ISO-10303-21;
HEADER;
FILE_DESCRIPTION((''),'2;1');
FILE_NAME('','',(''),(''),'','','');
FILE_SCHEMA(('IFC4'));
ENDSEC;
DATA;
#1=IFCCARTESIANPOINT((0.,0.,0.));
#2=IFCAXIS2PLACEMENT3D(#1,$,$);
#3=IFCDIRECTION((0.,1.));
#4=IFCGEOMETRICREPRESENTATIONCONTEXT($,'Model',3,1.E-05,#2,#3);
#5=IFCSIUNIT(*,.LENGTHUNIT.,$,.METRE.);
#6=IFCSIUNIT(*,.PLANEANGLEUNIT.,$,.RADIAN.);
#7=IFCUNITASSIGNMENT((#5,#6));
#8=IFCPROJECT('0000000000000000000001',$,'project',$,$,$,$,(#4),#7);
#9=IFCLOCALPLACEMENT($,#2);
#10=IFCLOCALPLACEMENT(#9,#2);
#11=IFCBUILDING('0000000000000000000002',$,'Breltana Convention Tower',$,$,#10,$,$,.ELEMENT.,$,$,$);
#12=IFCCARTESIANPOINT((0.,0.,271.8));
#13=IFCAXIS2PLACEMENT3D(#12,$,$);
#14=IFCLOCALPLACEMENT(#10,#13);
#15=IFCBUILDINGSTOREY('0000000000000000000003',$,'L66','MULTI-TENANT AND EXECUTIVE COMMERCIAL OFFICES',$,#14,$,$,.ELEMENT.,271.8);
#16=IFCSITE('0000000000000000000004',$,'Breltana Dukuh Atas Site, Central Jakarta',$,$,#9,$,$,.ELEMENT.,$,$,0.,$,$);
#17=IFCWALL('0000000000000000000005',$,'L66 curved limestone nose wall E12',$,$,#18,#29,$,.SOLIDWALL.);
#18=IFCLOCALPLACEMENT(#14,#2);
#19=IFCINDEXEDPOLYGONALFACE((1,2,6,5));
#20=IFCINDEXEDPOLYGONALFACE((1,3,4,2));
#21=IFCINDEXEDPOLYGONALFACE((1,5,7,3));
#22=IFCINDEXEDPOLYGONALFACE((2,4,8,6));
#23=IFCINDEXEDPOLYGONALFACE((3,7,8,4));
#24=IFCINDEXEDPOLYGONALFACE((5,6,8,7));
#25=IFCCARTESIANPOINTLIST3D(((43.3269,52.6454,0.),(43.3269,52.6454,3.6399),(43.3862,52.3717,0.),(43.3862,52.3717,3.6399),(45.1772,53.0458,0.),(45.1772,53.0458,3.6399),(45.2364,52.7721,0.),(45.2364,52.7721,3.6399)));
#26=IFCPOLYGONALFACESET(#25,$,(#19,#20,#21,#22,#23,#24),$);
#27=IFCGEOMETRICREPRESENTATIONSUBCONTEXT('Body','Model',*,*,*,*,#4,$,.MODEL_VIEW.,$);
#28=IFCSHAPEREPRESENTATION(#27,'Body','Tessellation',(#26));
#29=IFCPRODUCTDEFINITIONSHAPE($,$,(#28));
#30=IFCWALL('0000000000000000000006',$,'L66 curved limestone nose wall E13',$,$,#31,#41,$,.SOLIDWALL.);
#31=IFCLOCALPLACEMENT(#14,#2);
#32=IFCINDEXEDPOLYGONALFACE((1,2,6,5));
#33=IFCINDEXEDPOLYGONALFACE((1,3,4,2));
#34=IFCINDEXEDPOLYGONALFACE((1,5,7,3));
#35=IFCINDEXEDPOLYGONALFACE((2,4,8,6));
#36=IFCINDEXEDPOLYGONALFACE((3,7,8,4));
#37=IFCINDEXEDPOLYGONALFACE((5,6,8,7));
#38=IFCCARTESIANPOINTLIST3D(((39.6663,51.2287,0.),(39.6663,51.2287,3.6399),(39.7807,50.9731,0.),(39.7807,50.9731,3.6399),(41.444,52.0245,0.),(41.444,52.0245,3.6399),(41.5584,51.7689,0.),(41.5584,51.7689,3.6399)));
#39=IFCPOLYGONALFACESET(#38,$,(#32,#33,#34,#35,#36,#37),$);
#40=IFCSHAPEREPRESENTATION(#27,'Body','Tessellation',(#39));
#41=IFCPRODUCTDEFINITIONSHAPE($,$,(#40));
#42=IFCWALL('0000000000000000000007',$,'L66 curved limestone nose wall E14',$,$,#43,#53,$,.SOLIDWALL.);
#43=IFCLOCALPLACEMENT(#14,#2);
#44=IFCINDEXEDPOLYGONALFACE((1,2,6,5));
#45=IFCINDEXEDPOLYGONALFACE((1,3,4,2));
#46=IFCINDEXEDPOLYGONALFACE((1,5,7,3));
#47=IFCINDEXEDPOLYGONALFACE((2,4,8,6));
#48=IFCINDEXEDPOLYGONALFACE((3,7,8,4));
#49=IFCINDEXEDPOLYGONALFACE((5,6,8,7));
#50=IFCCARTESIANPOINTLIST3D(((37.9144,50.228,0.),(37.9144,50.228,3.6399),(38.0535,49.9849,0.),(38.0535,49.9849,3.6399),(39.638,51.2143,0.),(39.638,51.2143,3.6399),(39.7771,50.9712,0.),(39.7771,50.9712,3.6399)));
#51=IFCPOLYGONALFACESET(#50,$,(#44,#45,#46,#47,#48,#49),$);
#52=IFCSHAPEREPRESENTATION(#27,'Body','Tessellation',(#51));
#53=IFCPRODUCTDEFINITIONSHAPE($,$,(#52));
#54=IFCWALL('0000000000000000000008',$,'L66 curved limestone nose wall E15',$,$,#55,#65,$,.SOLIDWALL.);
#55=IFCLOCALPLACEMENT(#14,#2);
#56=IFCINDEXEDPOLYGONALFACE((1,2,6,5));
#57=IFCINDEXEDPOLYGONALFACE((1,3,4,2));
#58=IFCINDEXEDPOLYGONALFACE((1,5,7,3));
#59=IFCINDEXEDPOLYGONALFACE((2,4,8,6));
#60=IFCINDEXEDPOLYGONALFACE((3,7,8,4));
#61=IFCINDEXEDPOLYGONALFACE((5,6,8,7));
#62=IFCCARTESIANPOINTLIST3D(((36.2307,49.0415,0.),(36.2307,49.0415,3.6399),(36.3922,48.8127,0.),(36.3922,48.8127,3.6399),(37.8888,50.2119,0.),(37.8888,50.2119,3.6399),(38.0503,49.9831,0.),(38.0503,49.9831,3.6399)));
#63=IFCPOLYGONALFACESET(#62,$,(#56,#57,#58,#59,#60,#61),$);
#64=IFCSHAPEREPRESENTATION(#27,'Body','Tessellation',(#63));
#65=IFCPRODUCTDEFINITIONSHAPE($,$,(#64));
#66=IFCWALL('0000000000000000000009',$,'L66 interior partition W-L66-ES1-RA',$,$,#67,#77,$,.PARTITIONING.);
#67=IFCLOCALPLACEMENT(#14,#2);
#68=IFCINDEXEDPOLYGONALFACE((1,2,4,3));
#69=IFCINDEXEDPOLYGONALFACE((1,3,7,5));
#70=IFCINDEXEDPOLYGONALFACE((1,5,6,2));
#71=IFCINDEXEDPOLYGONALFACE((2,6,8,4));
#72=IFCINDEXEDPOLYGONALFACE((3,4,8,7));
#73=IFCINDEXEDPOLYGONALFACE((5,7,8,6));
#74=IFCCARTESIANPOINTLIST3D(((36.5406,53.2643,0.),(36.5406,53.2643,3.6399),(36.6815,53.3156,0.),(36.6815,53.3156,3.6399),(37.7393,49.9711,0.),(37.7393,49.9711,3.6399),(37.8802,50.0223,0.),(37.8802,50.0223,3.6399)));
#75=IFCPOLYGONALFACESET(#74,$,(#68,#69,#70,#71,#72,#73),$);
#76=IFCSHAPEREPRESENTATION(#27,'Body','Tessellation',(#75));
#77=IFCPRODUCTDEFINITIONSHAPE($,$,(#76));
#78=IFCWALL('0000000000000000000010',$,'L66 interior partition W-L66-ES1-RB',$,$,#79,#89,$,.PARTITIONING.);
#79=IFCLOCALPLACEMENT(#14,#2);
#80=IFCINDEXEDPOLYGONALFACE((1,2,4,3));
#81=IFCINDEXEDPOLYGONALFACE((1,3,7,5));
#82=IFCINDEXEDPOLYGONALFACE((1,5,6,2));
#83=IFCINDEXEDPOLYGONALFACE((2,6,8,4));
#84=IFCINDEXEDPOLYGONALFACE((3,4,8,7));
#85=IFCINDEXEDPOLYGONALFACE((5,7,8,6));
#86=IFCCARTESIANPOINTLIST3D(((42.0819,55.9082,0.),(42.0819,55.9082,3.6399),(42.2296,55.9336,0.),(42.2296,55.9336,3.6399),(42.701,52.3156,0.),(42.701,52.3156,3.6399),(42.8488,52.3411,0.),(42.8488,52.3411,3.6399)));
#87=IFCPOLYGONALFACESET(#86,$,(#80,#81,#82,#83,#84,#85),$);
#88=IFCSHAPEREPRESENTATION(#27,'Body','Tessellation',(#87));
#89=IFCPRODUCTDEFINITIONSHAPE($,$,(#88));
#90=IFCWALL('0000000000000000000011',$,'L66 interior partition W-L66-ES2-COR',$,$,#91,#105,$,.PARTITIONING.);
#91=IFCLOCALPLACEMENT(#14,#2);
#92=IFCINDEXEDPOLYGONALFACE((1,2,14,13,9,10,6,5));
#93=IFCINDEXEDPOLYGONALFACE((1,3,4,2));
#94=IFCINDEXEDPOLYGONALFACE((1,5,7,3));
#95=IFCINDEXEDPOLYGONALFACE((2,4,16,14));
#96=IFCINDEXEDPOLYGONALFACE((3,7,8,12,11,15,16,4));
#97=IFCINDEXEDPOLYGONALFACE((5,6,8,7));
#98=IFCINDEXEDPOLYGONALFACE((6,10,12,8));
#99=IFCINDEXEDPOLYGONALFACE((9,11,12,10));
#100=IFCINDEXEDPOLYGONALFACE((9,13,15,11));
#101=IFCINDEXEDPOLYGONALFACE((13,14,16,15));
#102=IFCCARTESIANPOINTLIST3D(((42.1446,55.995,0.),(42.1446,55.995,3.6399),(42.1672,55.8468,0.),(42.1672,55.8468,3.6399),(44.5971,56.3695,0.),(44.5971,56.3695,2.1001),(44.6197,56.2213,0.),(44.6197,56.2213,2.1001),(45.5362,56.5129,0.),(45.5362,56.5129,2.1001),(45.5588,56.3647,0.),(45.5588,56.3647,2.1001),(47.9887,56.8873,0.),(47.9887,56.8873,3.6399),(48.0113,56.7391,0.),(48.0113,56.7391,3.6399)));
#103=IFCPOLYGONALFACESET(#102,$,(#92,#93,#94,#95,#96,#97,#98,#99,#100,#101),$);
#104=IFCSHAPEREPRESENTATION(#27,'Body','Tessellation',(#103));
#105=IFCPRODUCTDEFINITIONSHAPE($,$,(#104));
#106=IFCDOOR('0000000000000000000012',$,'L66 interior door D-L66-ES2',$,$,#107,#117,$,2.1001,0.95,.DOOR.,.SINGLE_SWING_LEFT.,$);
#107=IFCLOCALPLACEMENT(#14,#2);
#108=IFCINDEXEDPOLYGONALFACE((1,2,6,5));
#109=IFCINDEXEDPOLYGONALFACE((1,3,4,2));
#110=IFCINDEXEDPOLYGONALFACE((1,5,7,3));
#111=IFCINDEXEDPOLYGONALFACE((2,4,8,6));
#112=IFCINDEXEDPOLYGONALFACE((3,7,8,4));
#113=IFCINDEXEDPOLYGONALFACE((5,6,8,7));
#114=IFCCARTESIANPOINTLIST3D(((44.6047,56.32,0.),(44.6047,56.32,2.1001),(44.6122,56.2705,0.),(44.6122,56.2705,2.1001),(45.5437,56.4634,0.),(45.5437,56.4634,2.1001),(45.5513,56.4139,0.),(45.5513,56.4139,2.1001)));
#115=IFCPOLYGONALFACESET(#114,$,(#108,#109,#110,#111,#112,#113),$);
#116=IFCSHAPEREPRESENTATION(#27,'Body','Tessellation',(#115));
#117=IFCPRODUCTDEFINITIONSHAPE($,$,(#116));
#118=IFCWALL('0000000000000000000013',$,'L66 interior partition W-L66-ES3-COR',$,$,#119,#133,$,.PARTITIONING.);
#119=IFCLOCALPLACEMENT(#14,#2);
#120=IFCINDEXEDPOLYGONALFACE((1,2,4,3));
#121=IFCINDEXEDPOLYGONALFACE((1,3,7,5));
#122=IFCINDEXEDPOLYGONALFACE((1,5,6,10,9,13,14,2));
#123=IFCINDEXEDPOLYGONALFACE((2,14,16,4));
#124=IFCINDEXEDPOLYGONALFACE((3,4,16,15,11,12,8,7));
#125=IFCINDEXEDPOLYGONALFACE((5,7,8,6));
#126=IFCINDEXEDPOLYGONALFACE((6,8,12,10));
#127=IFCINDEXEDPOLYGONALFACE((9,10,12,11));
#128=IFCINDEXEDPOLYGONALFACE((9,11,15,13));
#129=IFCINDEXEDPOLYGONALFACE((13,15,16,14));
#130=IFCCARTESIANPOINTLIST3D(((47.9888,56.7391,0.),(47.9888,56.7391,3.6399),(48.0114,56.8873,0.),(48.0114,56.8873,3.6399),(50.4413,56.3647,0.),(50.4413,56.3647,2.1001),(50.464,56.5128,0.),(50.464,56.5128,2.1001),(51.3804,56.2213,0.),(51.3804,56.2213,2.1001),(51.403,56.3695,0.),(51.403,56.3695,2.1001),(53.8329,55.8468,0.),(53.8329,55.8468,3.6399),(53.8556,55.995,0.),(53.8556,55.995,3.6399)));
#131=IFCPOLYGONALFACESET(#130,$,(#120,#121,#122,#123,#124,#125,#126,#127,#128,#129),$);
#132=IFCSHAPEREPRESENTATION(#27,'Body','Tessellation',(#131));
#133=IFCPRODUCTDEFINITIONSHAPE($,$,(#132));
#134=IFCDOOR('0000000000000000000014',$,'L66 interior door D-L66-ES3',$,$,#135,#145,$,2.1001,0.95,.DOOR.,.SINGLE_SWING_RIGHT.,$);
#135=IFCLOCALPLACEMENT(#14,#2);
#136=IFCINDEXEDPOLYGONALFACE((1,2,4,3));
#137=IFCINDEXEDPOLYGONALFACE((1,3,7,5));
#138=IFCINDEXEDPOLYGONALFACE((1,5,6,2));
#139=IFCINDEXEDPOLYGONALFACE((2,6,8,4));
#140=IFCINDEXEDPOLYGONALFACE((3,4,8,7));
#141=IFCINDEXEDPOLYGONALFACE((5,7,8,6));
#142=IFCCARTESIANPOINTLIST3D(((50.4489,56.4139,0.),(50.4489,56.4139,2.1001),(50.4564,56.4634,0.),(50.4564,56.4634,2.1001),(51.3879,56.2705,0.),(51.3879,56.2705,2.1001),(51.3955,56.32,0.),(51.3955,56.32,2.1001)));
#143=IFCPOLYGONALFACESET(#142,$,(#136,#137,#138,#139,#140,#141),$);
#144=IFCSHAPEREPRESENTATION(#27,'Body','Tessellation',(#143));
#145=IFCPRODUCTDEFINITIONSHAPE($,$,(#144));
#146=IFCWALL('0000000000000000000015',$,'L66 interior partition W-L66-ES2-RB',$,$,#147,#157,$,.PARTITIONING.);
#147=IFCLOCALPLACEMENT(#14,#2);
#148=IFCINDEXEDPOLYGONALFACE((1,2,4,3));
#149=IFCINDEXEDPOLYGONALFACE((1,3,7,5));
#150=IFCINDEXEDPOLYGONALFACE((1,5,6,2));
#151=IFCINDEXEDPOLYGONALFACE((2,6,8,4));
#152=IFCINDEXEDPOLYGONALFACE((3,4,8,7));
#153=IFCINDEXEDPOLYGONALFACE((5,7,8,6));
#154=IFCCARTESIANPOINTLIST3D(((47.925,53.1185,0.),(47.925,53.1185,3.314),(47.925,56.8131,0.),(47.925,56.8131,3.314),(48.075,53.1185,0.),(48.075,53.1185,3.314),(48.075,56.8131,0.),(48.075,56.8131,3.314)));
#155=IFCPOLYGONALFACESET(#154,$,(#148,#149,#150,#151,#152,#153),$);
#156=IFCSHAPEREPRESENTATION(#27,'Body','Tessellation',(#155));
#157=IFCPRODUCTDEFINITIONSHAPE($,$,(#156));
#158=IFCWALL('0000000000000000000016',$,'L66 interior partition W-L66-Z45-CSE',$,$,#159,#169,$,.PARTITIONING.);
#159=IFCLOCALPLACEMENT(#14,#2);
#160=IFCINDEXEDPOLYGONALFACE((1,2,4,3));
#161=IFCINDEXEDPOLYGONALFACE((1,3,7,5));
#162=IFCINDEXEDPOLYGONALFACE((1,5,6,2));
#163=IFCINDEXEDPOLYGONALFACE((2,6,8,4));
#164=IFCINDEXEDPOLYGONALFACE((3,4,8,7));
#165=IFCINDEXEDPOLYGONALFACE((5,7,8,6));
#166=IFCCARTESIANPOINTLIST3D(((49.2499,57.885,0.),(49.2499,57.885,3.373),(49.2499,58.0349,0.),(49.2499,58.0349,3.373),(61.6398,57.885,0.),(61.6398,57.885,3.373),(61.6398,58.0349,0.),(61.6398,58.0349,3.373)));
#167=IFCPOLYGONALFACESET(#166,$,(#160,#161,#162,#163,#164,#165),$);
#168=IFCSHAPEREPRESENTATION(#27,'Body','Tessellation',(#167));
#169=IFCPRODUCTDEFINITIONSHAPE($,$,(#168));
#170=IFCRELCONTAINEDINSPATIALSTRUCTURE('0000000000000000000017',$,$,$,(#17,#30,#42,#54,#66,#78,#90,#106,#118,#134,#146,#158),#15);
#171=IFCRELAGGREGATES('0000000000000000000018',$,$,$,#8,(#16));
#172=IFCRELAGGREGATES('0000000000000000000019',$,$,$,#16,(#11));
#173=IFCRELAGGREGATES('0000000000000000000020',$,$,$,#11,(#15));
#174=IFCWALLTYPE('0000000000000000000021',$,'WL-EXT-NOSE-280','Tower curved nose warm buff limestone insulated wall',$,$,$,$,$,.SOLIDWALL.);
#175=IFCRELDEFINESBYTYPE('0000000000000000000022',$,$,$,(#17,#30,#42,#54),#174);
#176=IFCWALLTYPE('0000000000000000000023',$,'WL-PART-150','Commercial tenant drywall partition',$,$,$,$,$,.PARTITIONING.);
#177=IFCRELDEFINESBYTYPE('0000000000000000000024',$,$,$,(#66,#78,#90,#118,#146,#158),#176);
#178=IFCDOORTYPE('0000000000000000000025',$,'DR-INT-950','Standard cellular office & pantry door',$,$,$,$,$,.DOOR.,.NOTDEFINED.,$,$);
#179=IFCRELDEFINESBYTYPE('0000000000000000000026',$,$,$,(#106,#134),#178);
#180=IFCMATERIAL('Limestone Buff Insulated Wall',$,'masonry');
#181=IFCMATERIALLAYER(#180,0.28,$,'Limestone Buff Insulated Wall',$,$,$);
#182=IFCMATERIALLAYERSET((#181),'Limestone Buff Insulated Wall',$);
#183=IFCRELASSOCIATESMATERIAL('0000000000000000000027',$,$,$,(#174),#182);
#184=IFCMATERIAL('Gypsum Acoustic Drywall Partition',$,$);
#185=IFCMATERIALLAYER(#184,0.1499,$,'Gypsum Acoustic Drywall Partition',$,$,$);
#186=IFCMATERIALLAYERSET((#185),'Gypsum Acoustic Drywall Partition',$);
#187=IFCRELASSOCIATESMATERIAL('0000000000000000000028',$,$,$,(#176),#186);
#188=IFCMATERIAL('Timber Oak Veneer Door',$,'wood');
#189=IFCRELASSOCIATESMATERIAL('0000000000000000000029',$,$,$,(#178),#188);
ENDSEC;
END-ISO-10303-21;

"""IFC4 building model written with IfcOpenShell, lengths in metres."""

from ifc_helpers import new_model, si_unit, direction, frame, frame_2d, origin, place, context, subcontext, project, spatial, rectangle, extrude, source, transform, mapped, material, layer, layer_set, type_object, type_shapes, element, fill, save


model = new_model("IFC4")

# Units and contexts
model_context = context("Model", 3, precision=1e-05, world=origin(), true_north=direction((0.0, 1.0)))
body_context = subcontext(model_context, "Body", "Model", "MODEL_VIEW")
ifc_project = project(units=[si_unit("LENGTHUNIT", "METRE"), si_unit("PLANEANGLEUNIT", "RADIAN")], contexts=[model_context])

# Site, building, storey
site_placement = place(None, origin())
site = spatial("IfcSite", under=ifc_project, at=site_placement, Name="Breltana Dukuh Atas Site, Central Jakarta", CompositionType="ELEMENT", RefElevation=0.0)
building_placement = place(site_placement, origin())
building = spatial("IfcBuilding", under=site, at=building_placement, Name="Breltana Convention Tower", CompositionType="ELEMENT")
storey_placement = place(building_placement, frame((0.0, 0.0, 271.8)))
storey = spatial("IfcBuildingStorey", under=building, at=storey_placement, Name="L66", Description="MULTI-TENANT AND EXECUTIVE COMMERCIAL OFFICES", CompositionType="ELEMENT", Elevation=271.8)

# Walls
ifc_material_1 = material(Name="Limestone Buff Insulated Wall", Category="masonry")
ifc_layer_1 = layer(ifc_material_1, 0.28, Name="Limestone Buff Insulated Wall")
ifc_layer_set_1 = layer_set([ifc_layer_1], Name="Limestone Buff Insulated Wall")
wall_type_1 = type_object("IfcWallType", Name="WL-EXT-NOSE-280", Description="Tower curved nose warm buff limestone insulated wall", PredefinedType="SOLIDWALL", material=ifc_layer_set_1)
shared_shape_1 = source(origin(), body_context, "Body", "SweptSolid", [
    extrude(rectangle(XDim=1.8931, YDim=0.28, at=frame_2d((0.9465, 0.0))), origin(), (0.0, 0.0, 1.0), 3.6399),
])
wall_1_placement = place(storey_placement, frame((45.2068, 52.9089, 0.0), z_axis=(0.0, 0.0, 1.0), x_axis=(-0.97738, -0.211493, 0.0)))
element("IfcWall", 1, at=wall_1_placement, inside=storey, type_object=wall_type_1, Name="L66 curved limestone nose wall E12", PredefinedType="SOLIDWALL", context=body_context, shape_type="MappedRepresentation", body=[
    mapped(shared_shape_1, transform((0.0, 0.0, 0.0), scale=1.0)),
])
shared_shape_2 = source(origin(), body_context, "Body", "SweptSolid", [
    extrude(rectangle(XDim=1.9478, YDim=0.28, at=frame_2d((0.9739, 0.0))), origin(), (0.0, 0.0, 1.0), 3.6399),
])
wall_2_placement = place(storey_placement, frame((41.5012, 51.8967, 0.0), z_axis=(0.0, 0.0, 1.0), x_axis=(-0.912712, -0.408602, 0.0)))
element("IfcWall", 2, at=wall_2_placement, inside=storey, type_object=wall_type_1, Name="L66 curved limestone nose wall E13", PredefinedType="SOLIDWALL", context=body_context, shape_type="MappedRepresentation", body=[
    mapped(shared_shape_2, transform((0.0, 0.0, 0.0), scale=1.0)),
])
shared_shape_3 = source(origin(), body_context, "Body", "SweptSolid", [
    extrude(rectangle(XDim=1.9858, YDim=0.28, at=frame_2d((0.9929, 0.0))), origin(), (0.0, 0.0, 1.0), 3.6399),
])
wall_3_placement = place(storey_placement, frame((39.7075, 51.0928, 0.0), z_axis=(0.0, 0.0, 1.0), x_axis=(-0.86794, -0.496668, 0.0)))
element("IfcWall", 3, at=wall_3_placement, inside=storey, type_object=wall_type_1, Name="L66 curved limestone nose wall E14", PredefinedType="SOLIDWALL", context=body_context, shape_type="MappedRepresentation", body=[
    mapped(shared_shape_3, transform((0.0, 0.0, 0.0), scale=1.0)),
])
shared_shape_4 = source(origin(), body_context, "Body", "SweptSolid", [
    extrude(rectangle(XDim=2.0295, YDim=0.28, at=frame_2d((1.0146, 0.0))), origin(), (0.0, 0.0, 1.0), 3.6399),
])
wall_4_placement = place(storey_placement, frame((37.9695, 50.0974, 0.0), z_axis=(0.0, 0.0, 1.0), x_axis=(-0.816988, -0.576655, 0.0)))
element("IfcWall", 4, at=wall_4_placement, inside=storey, type_object=wall_type_1, Name="L66 curved limestone nose wall E15", PredefinedType="SOLIDWALL", context=body_context, shape_type="MappedRepresentation", body=[
    mapped(shared_shape_4, transform((0.0, 0.0, 0.0), scale=1.0)),
])
ifc_material_2 = material(Name="Gypsum Acoustic Drywall Partition")
ifc_layer_2 = layer(ifc_material_2, 0.1499, Name="Gypsum Acoustic Drywall Partition")
ifc_layer_set_2 = layer_set([ifc_layer_2], Name="Gypsum Acoustic Drywall Partition")
wall_type_2 = type_object("IfcWallType", Name="WL-PART-150", Description="Commercial tenant drywall partition", PredefinedType="PARTITIONING", material=ifc_layer_set_2)
shared_shape_5 = source(origin(), body_context, "Body", "SweptSolid", [
    extrude(rectangle(XDim=3.5046, YDim=0.1499, at=frame_2d((1.7524, 0.0))), origin(), (0.0, 0.0, 1.0), 3.6399),
])
wall_5_placement = place(storey_placement, frame((37.8098, 49.9966, 0.0), z_axis=(0.0, 0.0, 1.0), x_axis=(-0.342045, 0.939684, 0.0)))
element("IfcWall", 5, at=wall_5_placement, inside=storey, type_object=wall_type_2, Name="L66 interior partition W-L66-ES1-RA", PredefinedType="PARTITIONING", context=body_context, shape_type="MappedRepresentation", body=[
    mapped(shared_shape_5, transform((0.0, 0.0, 0.0), scale=1.0)),
])
shared_shape_6 = source(origin(), body_context, "Body", "SweptSolid", [
    extrude(rectangle(XDim=3.6455, YDim=0.1499, at=frame_2d((1.8228, 0.0))), origin(), (0.0, 0.0, 1.0), 3.6399),
])
wall_6_placement = place(storey_placement, frame((42.7749, 52.3284, 0.0), z_axis=(0.0, 0.0, 1.0), x_axis=(-0.169837, 0.985472, 0.0)))
element("IfcWall", 6, at=wall_6_placement, inside=storey, type_object=wall_type_2, Name="L66 interior partition W-L66-ES1-RB", PredefinedType="PARTITIONING", context=body_context, shape_type="MappedRepresentation", body=[
    mapped(shared_shape_6, transform((0.0, 0.0, 0.0), scale=1.0)),
])

# Walls, openings, doors
shared_shape_7 = source(origin(), body_context, "Body", "SweptSolid", [
    extrude(rectangle(XDim=5.9119, YDim=0.1499, at=frame_2d((2.9561, 0.0))), origin(), (0.0, 0.0, 1.0), 3.6399),
])
wall_7_placement = place(storey_placement, frame((42.1558, 55.9209, 0.0), z_axis=(0.0, 0.0, 1.0), x_axis=(0.988543, 0.150937, 0.0)))
wall_7 = element("IfcWall", 7, at=wall_7_placement, inside=storey, type_object=wall_type_2, Name="L66 interior partition W-L66-ES2-COR", PredefinedType="PARTITIONING", context=body_context, shape_type="MappedRepresentation", body=[
    mapped(shared_shape_7, transform((0.0, 0.0, 0.0), scale=1.0)),
])
opening_1_placement = place(wall_7_placement, frame((2.481, 0.0, 0.0)))
opening_1 = element("IfcOpeningElement", 8, at=opening_1_placement, cuts=wall_7, PredefinedType="OPENING", context=body_context, shape_type="SweptSolid", body=[
    extrude(rectangle(XDim=0.95, YDim=2.1001, at=frame_2d((0.4751, 1.05))), frame((0.0, 0.085, 0.0), z_axis=(0.0, -1.0, 0.0), x_axis=(1.0, 0.0, 0.0)), (0.0, 0.0, 1.0), 0.1699),
])
ifc_material_3 = material(Name="Timber Oak Veneer Door", Category="wood")
door_type = type_object("IfcDoorType", Name="DR-INT-950", Description="Standard cellular office & pantry door", OperationType="NOTDEFINED", PredefinedType="DOOR", material=ifc_material_3)
shared_shape_8 = source(origin(), body_context, "Body", "SweptSolid", [
    extrude(rectangle(XDim=0.95, YDim=2.1001, at=frame_2d((0.4751, 1.05))), frame((0.0, 0.0249, 0.0), z_axis=(0.0, -1.0, 0.0), x_axis=(1.0, 0.0, 0.0)), (0.0, 0.0, 1.0), 0.05),
])
type_shapes(door_type, [shared_shape_8])
door_1_placement = place(opening_1_placement, origin())
door_1 = element("IfcDoor", 9, at=door_1_placement, inside=storey, type_object=door_type, Name="L66 interior door D-L66-ES2", OperationType="SINGLE_SWING_LEFT", OverallHeight=2.1001, OverallWidth=0.95, PredefinedType="DOOR", context=body_context, shape_type="MappedRepresentation", body=[
    mapped(shared_shape_8, transform((0.0, 0.0, 0.0), scale=1.0)),
])
fill(opening_1, door_1)
wall_8_placement = place(storey_placement, frame((48.0, 56.8132, 0.0), z_axis=(0.0, 0.0, 1.0), x_axis=(0.988543, -0.150937, 0.0)))
wall_8 = element("IfcWall", 10, at=wall_8_placement, inside=storey, type_object=wall_type_2, Name="L66 interior partition W-L66-ES3-COR", PredefinedType="PARTITIONING", context=body_context, shape_type="MappedRepresentation", body=[
    mapped(shared_shape_7, transform((0.0, 0.0, 0.0), scale=1.0)),
])
opening_2_placement = place(wall_8_placement, frame((2.481, 0.0, 0.0)))
opening_2 = element("IfcOpeningElement", 11, at=opening_2_placement, cuts=wall_8, PredefinedType="OPENING", context=body_context, shape_type="SweptSolid", body=[
    extrude(rectangle(XDim=0.95, YDim=2.1001, at=frame_2d((0.4751, 1.05))), frame((0.0, 0.085, 0.0), z_axis=(0.0, -1.0, 0.0), x_axis=(1.0, 0.0, 0.0)), (0.0, 0.0, 1.0), 0.1699),
])
door_2_placement = place(opening_2_placement, origin())
door_2 = element("IfcDoor", 12, at=door_2_placement, inside=storey, type_object=door_type, Name="L66 interior door D-L66-ES3", OperationType="SINGLE_SWING_RIGHT", OverallHeight=2.1001, OverallWidth=0.95, PredefinedType="DOOR", context=body_context, shape_type="MappedRepresentation", body=[
    mapped(shared_shape_8, transform((0.0, 0.0, 0.0), scale=1.0)),
])
fill(opening_2, door_2)

# Walls
shared_shape_9 = source(origin(), body_context, "Body", "SweptSolid", [
    extrude(rectangle(XDim=3.6946, YDim=0.1499, at=frame_2d((1.8472, 0.0))), origin(), (0.0, 0.0, 1.0), 3.314),
])
wall_9_placement = place(storey_placement, frame((48.0, 53.1187, 0.0), z_axis=(0.0, 0.0, 1.0), x_axis=(0.0, 1.0, 0.0)))
element("IfcWall", 13, at=wall_9_placement, inside=storey, type_object=wall_type_2, Name="L66 interior partition W-L66-ES2-RB", PredefinedType="PARTITIONING", context=body_context, shape_type="MappedRepresentation", body=[
    mapped(shared_shape_9, transform((0.0, 0.0, 0.0), scale=1.0)),
])
shared_shape_10 = source(origin(), body_context, "Body", "SweptSolid", [
    extrude(rectangle(XDim=12.3899, YDim=0.1499, at=frame_2d((6.1948, 0.0))), origin(), (0.0, 0.0, 1.0), 3.373),
])
wall_10_placement = place(storey_placement, frame((49.25, 57.96, 0.0), z_axis=(0.0, 0.0, 1.0), x_axis=(1.0, 0.0, 0.0)))
element("IfcWall", 14, at=wall_10_placement, inside=storey, type_object=wall_type_2, Name="L66 interior partition W-L66-Z45-CSE", PredefinedType="PARTITIONING", context=body_context, shape_type="MappedRepresentation", body=[
    mapped(shared_shape_10, transform((0.0, 0.0, 0.0), scale=1.0)),
])

save(model, "model.ifc")
